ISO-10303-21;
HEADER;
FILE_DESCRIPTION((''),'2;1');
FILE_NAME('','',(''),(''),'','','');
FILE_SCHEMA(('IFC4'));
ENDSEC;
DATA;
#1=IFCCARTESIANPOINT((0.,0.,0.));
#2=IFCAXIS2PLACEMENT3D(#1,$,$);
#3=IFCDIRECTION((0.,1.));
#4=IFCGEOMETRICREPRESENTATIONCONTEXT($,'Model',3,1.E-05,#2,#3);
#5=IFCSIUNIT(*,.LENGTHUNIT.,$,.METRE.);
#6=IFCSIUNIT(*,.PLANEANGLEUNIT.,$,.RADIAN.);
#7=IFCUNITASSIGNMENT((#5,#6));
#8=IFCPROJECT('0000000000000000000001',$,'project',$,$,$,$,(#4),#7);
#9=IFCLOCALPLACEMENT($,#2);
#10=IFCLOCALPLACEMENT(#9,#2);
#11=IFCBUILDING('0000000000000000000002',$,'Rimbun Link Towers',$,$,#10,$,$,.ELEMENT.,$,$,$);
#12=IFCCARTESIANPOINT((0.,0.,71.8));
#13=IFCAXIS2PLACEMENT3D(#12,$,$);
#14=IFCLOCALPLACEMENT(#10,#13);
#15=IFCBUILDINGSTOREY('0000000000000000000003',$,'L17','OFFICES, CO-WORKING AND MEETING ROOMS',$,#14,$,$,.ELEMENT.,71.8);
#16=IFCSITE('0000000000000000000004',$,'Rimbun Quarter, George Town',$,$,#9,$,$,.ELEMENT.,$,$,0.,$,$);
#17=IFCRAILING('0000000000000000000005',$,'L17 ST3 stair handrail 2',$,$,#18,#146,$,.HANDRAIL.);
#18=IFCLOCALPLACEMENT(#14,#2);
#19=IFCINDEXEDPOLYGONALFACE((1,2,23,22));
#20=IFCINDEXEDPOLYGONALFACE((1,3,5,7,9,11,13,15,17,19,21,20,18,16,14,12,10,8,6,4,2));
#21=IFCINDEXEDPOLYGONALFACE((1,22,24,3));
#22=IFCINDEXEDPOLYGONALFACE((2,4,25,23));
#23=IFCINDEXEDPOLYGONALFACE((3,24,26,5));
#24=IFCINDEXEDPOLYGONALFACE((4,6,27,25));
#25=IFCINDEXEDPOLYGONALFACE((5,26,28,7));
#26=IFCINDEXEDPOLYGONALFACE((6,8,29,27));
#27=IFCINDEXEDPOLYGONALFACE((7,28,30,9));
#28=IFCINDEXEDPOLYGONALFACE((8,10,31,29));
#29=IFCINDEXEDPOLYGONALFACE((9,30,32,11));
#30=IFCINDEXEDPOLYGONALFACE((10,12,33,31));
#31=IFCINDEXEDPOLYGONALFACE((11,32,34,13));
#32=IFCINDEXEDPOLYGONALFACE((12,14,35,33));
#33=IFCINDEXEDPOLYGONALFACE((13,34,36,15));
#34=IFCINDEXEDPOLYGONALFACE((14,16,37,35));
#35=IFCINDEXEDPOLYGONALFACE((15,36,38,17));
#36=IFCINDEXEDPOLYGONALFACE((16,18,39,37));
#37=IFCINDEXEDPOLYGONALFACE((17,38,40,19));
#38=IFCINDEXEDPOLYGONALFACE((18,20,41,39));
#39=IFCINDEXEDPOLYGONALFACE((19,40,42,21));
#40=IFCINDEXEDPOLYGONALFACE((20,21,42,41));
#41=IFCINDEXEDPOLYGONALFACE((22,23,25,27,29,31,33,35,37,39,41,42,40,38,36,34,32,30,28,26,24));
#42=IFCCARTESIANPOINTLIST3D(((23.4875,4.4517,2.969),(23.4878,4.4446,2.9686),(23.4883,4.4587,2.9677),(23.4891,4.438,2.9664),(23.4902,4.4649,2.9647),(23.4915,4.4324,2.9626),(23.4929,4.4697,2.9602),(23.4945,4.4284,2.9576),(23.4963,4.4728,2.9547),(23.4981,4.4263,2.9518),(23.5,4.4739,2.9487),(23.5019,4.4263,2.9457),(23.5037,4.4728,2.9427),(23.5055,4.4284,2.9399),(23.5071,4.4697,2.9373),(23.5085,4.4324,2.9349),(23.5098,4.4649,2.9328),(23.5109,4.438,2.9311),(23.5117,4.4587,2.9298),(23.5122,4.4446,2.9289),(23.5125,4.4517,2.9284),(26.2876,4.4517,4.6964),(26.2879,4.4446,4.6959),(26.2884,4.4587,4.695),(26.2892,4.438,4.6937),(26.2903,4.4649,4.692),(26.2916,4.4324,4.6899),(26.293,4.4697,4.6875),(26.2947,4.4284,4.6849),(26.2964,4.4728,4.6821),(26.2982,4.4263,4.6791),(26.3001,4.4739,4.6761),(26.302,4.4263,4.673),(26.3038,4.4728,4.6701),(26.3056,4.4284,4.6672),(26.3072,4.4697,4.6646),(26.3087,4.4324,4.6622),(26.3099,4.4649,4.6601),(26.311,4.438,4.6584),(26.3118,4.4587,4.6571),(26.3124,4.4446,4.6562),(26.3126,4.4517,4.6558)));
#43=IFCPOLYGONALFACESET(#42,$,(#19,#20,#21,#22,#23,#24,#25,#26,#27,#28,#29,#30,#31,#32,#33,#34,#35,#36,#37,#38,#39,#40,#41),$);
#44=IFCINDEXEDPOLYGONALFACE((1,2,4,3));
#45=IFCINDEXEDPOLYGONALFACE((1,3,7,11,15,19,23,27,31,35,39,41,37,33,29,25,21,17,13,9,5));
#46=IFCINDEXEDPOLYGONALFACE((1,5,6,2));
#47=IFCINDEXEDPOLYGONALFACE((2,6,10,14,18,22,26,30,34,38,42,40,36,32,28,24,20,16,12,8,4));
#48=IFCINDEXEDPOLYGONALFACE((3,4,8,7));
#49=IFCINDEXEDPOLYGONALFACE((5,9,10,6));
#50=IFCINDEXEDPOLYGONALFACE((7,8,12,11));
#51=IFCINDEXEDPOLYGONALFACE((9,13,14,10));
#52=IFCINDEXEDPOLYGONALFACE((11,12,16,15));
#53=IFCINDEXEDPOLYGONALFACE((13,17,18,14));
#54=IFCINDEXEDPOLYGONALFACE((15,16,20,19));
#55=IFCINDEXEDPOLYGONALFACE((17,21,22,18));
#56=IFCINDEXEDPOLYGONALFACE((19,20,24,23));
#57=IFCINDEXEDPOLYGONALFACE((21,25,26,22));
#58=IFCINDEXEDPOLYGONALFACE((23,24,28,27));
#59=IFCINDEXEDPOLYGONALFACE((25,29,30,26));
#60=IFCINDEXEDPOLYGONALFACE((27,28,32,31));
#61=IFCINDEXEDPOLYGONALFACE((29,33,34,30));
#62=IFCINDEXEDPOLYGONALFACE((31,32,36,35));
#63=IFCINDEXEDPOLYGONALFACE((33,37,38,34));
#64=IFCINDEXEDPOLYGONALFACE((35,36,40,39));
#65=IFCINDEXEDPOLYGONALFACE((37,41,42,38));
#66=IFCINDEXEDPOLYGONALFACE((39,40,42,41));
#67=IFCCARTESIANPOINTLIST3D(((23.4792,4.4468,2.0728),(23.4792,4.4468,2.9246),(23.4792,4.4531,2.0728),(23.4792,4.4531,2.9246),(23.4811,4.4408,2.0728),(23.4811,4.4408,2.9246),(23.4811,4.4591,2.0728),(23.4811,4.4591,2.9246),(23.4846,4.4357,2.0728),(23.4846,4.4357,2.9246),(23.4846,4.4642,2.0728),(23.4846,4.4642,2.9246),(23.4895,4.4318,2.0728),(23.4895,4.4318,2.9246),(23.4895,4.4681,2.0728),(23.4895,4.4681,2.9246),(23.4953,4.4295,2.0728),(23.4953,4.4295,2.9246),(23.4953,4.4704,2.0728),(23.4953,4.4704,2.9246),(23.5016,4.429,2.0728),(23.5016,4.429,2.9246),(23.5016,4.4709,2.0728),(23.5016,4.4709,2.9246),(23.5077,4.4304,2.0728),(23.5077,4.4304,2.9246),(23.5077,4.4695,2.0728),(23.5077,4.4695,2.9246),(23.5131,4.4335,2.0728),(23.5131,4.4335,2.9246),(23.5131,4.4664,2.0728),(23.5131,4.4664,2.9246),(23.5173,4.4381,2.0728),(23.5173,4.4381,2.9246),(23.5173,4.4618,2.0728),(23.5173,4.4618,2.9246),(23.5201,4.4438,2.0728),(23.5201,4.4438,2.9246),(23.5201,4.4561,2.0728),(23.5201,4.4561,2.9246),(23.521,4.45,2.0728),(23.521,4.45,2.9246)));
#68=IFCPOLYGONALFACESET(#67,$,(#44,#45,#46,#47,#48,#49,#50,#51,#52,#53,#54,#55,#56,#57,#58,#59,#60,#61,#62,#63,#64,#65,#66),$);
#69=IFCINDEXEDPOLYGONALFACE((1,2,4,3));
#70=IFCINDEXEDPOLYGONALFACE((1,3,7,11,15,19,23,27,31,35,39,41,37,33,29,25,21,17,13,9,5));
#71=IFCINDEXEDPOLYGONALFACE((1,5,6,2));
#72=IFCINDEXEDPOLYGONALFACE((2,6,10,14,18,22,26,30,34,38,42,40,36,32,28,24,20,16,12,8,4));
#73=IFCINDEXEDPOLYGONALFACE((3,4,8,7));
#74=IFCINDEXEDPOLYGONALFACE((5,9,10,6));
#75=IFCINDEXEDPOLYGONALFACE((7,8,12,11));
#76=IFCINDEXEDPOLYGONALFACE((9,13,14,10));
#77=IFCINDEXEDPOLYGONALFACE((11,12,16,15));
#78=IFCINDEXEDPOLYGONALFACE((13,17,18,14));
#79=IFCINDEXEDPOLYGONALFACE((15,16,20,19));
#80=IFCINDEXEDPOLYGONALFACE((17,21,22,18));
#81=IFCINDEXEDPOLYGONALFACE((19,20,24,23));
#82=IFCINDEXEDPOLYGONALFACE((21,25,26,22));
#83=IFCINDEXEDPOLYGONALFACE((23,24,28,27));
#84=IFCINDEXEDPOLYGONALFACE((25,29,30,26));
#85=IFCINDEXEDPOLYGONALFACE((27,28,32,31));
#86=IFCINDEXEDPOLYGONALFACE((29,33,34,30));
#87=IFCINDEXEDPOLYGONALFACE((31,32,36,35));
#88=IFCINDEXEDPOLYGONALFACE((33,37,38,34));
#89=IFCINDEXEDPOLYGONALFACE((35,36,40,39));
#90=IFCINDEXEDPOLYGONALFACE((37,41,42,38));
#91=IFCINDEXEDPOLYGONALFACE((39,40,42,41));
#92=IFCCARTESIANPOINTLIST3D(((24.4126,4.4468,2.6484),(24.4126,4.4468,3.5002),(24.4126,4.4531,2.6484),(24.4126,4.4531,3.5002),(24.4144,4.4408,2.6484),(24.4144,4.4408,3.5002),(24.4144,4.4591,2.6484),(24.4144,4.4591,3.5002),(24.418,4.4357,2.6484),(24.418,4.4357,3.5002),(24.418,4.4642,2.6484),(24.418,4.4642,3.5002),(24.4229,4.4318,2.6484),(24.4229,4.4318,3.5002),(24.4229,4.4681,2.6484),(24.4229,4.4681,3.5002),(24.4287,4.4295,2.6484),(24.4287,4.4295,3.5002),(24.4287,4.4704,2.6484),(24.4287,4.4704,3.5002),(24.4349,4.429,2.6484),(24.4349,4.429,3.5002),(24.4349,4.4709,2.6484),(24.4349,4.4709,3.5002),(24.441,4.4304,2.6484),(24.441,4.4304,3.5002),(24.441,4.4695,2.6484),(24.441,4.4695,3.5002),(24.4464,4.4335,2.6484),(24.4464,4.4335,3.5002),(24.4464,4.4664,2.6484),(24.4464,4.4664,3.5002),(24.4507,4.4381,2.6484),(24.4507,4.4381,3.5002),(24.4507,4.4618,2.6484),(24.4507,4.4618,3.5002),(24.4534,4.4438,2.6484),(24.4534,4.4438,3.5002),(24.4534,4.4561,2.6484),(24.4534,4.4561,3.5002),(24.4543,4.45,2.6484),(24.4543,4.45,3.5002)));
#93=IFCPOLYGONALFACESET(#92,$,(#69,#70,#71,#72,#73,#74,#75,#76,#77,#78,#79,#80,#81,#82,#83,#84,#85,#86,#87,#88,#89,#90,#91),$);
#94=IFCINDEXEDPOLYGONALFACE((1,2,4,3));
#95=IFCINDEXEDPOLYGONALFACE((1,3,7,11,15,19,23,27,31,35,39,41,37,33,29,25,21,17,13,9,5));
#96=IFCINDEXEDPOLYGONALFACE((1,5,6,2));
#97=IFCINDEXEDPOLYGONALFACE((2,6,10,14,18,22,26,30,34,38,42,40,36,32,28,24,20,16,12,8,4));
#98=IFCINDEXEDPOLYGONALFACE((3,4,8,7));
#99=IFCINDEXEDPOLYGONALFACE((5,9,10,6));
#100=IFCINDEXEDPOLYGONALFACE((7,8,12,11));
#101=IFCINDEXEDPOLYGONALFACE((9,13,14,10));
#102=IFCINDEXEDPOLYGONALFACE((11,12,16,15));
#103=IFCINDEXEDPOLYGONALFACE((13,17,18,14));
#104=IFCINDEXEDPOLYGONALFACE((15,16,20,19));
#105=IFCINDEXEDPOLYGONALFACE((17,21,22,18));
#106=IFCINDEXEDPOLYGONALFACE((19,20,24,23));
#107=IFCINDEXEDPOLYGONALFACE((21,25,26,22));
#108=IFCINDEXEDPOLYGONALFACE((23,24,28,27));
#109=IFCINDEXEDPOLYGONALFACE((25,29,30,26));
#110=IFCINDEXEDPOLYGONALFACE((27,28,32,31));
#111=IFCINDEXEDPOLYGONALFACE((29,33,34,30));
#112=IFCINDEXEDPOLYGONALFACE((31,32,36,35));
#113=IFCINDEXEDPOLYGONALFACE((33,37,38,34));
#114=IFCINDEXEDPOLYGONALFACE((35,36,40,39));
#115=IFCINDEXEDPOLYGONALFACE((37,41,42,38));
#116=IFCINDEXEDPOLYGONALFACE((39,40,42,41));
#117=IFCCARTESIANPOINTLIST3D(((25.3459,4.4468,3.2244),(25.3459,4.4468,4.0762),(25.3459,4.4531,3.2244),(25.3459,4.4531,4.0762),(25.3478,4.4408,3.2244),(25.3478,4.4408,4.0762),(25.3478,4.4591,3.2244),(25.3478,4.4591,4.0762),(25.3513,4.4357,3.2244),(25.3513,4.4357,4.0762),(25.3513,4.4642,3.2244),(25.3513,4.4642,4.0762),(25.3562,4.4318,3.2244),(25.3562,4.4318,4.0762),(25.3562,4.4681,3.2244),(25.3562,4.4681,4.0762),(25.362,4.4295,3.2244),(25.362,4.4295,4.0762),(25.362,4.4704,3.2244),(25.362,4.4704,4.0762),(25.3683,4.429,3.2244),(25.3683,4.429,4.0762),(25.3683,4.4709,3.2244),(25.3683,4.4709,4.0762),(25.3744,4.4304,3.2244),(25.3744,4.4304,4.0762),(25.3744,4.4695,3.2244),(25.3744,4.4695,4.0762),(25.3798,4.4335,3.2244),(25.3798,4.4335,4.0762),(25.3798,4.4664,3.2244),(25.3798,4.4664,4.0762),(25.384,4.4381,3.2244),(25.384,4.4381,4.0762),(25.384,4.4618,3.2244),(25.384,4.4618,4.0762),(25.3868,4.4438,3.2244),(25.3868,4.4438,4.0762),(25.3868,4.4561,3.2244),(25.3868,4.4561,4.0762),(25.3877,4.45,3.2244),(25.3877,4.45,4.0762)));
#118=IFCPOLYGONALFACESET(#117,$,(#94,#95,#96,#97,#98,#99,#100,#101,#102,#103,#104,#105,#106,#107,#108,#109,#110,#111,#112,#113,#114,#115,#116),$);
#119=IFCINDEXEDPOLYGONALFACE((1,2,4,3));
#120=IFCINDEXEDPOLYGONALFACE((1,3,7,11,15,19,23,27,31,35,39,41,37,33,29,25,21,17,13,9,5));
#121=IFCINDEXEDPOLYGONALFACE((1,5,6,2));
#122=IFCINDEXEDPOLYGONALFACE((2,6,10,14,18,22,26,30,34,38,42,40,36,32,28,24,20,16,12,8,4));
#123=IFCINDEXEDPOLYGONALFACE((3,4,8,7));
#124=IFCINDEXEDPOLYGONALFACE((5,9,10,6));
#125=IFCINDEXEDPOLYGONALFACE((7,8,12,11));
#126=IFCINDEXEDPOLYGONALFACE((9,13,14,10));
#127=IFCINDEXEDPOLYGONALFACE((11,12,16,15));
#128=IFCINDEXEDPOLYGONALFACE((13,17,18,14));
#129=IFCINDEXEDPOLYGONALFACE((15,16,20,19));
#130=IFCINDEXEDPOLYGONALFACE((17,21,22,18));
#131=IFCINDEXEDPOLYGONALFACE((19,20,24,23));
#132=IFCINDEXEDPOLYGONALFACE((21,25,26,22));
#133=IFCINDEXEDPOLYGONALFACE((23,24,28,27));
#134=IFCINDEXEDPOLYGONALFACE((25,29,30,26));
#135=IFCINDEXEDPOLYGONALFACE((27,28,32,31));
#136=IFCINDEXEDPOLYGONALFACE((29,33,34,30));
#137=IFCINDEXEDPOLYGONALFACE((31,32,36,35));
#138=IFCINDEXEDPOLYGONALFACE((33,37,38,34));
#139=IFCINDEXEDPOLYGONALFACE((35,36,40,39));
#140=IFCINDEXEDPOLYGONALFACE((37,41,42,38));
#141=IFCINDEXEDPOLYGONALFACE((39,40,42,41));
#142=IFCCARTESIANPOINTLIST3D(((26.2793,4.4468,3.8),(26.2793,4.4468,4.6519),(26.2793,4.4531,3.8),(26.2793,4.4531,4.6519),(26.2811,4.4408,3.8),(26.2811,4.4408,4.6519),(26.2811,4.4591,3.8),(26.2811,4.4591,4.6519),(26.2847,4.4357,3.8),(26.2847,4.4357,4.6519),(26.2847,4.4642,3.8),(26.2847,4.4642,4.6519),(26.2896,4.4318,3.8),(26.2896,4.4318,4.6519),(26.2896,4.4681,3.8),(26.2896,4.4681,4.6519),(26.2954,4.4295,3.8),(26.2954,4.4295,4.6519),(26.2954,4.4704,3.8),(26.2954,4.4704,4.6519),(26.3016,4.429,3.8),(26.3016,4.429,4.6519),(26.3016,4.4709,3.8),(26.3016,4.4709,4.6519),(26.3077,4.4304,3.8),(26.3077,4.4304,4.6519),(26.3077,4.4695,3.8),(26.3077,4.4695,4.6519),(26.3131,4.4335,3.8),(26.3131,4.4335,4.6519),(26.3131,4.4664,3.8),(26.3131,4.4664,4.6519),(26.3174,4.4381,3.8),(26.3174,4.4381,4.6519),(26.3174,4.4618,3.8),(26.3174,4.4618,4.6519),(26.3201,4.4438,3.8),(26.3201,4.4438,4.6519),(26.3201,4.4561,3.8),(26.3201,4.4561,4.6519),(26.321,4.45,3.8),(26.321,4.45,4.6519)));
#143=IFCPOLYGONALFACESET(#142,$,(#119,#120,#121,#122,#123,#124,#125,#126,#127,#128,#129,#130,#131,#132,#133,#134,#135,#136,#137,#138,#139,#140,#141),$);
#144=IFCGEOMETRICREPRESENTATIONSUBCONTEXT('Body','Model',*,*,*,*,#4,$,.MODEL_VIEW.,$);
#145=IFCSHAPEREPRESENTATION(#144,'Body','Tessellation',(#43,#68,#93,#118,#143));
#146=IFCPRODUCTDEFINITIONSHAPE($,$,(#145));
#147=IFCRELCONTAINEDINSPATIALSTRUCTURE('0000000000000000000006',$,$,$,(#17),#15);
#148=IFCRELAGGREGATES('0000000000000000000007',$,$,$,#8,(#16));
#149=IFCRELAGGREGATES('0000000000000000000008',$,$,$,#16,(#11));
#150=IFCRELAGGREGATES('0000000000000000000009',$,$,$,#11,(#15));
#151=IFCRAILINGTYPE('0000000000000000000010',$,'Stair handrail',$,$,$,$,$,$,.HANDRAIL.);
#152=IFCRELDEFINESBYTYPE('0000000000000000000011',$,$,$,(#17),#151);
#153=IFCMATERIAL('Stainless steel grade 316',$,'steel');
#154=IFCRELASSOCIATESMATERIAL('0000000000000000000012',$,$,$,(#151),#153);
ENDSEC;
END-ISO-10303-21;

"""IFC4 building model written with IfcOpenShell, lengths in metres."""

from ifc_helpers import new_model, si_unit, direction, frame, origin, origin_2d, place, context, subcontext, project, spatial, circle, extrude, material, type_object, element, save


model = new_model("IFC4")

# Units and contexts
model_context = context("Model", 3, precision=1e-05, world=origin(), true_north=direction((0.0, 1.0)))
body_context = subcontext(model_context, "Body", "Model", "MODEL_VIEW")
ifc_project = project(units=[si_unit("LENGTHUNIT", "METRE"), si_unit("PLANEANGLEUNIT", "RADIAN")], contexts=[model_context])

# Site, building, storey
site_placement = place(None, origin())
site = spatial("IfcSite", under=ifc_project, at=site_placement, Name="Rimbun Quarter, George Town", CompositionType="ELEMENT", RefElevation=0.0)
building_placement = place(site_placement, origin())
building = spatial("IfcBuilding", under=site, at=building_placement, Name="Rimbun Link Towers", CompositionType="ELEMENT")
storey_placement = place(building_placement, frame((0.0, 0.0, 71.8)))
storey = spatial("IfcBuildingStorey", under=building, at=storey_placement, Name="L17", Description="OFFICES, CO-WORKING AND MEETING ROOMS", CompositionType="ELEMENT", Elevation=71.8)

# Railing
ifc_material_1 = material(Name="Stainless steel grade 316", Category="steel")
railing_type_1 = type_object("IfcRailingType", Name="Stair handrail", PredefinedType="HANDRAIL", material=ifc_material_1)
railing_1_placement = place(storey_placement, frame((23.5, 4.45, 2.0728)))
element("IfcRailing", 1, at=railing_1_placement, inside=storey, type_object=railing_type_1, Name="L17 ST3 stair handrail 2", PredefinedType="HANDRAIL", context=body_context, shape_type="SweptSolid", body=[
    extrude(circle(Radius=0.0239, at=origin_2d()), frame((0.0, 0.0, 0.876), z_axis=(0.85109, 0.0, 0.52502), x_axis=(0.0, 1.0, 0.0)), (0.0, 0.0, 1.0), 3.29),
    extrude(circle(Radius=0.021, at=origin_2d()), origin(), (0.0, 0.0, 1.0), 0.8518),
    extrude(circle(Radius=0.021, at=origin_2d()), frame((0.9333, 0.0, 0.5757)), (0.0, 0.0, 1.0), 0.8518),
    extrude(circle(Radius=0.021, at=origin_2d()), frame((1.8667, 0.0, 1.1516)), (0.0, 0.0, 1.0), 0.8518),
    extrude(circle(Radius=0.021, at=origin_2d()), frame((2.8, 0.0, 1.7273)), (0.0, 0.0, 1.0), 0.8518),
])

save(model, "model.ifc")
